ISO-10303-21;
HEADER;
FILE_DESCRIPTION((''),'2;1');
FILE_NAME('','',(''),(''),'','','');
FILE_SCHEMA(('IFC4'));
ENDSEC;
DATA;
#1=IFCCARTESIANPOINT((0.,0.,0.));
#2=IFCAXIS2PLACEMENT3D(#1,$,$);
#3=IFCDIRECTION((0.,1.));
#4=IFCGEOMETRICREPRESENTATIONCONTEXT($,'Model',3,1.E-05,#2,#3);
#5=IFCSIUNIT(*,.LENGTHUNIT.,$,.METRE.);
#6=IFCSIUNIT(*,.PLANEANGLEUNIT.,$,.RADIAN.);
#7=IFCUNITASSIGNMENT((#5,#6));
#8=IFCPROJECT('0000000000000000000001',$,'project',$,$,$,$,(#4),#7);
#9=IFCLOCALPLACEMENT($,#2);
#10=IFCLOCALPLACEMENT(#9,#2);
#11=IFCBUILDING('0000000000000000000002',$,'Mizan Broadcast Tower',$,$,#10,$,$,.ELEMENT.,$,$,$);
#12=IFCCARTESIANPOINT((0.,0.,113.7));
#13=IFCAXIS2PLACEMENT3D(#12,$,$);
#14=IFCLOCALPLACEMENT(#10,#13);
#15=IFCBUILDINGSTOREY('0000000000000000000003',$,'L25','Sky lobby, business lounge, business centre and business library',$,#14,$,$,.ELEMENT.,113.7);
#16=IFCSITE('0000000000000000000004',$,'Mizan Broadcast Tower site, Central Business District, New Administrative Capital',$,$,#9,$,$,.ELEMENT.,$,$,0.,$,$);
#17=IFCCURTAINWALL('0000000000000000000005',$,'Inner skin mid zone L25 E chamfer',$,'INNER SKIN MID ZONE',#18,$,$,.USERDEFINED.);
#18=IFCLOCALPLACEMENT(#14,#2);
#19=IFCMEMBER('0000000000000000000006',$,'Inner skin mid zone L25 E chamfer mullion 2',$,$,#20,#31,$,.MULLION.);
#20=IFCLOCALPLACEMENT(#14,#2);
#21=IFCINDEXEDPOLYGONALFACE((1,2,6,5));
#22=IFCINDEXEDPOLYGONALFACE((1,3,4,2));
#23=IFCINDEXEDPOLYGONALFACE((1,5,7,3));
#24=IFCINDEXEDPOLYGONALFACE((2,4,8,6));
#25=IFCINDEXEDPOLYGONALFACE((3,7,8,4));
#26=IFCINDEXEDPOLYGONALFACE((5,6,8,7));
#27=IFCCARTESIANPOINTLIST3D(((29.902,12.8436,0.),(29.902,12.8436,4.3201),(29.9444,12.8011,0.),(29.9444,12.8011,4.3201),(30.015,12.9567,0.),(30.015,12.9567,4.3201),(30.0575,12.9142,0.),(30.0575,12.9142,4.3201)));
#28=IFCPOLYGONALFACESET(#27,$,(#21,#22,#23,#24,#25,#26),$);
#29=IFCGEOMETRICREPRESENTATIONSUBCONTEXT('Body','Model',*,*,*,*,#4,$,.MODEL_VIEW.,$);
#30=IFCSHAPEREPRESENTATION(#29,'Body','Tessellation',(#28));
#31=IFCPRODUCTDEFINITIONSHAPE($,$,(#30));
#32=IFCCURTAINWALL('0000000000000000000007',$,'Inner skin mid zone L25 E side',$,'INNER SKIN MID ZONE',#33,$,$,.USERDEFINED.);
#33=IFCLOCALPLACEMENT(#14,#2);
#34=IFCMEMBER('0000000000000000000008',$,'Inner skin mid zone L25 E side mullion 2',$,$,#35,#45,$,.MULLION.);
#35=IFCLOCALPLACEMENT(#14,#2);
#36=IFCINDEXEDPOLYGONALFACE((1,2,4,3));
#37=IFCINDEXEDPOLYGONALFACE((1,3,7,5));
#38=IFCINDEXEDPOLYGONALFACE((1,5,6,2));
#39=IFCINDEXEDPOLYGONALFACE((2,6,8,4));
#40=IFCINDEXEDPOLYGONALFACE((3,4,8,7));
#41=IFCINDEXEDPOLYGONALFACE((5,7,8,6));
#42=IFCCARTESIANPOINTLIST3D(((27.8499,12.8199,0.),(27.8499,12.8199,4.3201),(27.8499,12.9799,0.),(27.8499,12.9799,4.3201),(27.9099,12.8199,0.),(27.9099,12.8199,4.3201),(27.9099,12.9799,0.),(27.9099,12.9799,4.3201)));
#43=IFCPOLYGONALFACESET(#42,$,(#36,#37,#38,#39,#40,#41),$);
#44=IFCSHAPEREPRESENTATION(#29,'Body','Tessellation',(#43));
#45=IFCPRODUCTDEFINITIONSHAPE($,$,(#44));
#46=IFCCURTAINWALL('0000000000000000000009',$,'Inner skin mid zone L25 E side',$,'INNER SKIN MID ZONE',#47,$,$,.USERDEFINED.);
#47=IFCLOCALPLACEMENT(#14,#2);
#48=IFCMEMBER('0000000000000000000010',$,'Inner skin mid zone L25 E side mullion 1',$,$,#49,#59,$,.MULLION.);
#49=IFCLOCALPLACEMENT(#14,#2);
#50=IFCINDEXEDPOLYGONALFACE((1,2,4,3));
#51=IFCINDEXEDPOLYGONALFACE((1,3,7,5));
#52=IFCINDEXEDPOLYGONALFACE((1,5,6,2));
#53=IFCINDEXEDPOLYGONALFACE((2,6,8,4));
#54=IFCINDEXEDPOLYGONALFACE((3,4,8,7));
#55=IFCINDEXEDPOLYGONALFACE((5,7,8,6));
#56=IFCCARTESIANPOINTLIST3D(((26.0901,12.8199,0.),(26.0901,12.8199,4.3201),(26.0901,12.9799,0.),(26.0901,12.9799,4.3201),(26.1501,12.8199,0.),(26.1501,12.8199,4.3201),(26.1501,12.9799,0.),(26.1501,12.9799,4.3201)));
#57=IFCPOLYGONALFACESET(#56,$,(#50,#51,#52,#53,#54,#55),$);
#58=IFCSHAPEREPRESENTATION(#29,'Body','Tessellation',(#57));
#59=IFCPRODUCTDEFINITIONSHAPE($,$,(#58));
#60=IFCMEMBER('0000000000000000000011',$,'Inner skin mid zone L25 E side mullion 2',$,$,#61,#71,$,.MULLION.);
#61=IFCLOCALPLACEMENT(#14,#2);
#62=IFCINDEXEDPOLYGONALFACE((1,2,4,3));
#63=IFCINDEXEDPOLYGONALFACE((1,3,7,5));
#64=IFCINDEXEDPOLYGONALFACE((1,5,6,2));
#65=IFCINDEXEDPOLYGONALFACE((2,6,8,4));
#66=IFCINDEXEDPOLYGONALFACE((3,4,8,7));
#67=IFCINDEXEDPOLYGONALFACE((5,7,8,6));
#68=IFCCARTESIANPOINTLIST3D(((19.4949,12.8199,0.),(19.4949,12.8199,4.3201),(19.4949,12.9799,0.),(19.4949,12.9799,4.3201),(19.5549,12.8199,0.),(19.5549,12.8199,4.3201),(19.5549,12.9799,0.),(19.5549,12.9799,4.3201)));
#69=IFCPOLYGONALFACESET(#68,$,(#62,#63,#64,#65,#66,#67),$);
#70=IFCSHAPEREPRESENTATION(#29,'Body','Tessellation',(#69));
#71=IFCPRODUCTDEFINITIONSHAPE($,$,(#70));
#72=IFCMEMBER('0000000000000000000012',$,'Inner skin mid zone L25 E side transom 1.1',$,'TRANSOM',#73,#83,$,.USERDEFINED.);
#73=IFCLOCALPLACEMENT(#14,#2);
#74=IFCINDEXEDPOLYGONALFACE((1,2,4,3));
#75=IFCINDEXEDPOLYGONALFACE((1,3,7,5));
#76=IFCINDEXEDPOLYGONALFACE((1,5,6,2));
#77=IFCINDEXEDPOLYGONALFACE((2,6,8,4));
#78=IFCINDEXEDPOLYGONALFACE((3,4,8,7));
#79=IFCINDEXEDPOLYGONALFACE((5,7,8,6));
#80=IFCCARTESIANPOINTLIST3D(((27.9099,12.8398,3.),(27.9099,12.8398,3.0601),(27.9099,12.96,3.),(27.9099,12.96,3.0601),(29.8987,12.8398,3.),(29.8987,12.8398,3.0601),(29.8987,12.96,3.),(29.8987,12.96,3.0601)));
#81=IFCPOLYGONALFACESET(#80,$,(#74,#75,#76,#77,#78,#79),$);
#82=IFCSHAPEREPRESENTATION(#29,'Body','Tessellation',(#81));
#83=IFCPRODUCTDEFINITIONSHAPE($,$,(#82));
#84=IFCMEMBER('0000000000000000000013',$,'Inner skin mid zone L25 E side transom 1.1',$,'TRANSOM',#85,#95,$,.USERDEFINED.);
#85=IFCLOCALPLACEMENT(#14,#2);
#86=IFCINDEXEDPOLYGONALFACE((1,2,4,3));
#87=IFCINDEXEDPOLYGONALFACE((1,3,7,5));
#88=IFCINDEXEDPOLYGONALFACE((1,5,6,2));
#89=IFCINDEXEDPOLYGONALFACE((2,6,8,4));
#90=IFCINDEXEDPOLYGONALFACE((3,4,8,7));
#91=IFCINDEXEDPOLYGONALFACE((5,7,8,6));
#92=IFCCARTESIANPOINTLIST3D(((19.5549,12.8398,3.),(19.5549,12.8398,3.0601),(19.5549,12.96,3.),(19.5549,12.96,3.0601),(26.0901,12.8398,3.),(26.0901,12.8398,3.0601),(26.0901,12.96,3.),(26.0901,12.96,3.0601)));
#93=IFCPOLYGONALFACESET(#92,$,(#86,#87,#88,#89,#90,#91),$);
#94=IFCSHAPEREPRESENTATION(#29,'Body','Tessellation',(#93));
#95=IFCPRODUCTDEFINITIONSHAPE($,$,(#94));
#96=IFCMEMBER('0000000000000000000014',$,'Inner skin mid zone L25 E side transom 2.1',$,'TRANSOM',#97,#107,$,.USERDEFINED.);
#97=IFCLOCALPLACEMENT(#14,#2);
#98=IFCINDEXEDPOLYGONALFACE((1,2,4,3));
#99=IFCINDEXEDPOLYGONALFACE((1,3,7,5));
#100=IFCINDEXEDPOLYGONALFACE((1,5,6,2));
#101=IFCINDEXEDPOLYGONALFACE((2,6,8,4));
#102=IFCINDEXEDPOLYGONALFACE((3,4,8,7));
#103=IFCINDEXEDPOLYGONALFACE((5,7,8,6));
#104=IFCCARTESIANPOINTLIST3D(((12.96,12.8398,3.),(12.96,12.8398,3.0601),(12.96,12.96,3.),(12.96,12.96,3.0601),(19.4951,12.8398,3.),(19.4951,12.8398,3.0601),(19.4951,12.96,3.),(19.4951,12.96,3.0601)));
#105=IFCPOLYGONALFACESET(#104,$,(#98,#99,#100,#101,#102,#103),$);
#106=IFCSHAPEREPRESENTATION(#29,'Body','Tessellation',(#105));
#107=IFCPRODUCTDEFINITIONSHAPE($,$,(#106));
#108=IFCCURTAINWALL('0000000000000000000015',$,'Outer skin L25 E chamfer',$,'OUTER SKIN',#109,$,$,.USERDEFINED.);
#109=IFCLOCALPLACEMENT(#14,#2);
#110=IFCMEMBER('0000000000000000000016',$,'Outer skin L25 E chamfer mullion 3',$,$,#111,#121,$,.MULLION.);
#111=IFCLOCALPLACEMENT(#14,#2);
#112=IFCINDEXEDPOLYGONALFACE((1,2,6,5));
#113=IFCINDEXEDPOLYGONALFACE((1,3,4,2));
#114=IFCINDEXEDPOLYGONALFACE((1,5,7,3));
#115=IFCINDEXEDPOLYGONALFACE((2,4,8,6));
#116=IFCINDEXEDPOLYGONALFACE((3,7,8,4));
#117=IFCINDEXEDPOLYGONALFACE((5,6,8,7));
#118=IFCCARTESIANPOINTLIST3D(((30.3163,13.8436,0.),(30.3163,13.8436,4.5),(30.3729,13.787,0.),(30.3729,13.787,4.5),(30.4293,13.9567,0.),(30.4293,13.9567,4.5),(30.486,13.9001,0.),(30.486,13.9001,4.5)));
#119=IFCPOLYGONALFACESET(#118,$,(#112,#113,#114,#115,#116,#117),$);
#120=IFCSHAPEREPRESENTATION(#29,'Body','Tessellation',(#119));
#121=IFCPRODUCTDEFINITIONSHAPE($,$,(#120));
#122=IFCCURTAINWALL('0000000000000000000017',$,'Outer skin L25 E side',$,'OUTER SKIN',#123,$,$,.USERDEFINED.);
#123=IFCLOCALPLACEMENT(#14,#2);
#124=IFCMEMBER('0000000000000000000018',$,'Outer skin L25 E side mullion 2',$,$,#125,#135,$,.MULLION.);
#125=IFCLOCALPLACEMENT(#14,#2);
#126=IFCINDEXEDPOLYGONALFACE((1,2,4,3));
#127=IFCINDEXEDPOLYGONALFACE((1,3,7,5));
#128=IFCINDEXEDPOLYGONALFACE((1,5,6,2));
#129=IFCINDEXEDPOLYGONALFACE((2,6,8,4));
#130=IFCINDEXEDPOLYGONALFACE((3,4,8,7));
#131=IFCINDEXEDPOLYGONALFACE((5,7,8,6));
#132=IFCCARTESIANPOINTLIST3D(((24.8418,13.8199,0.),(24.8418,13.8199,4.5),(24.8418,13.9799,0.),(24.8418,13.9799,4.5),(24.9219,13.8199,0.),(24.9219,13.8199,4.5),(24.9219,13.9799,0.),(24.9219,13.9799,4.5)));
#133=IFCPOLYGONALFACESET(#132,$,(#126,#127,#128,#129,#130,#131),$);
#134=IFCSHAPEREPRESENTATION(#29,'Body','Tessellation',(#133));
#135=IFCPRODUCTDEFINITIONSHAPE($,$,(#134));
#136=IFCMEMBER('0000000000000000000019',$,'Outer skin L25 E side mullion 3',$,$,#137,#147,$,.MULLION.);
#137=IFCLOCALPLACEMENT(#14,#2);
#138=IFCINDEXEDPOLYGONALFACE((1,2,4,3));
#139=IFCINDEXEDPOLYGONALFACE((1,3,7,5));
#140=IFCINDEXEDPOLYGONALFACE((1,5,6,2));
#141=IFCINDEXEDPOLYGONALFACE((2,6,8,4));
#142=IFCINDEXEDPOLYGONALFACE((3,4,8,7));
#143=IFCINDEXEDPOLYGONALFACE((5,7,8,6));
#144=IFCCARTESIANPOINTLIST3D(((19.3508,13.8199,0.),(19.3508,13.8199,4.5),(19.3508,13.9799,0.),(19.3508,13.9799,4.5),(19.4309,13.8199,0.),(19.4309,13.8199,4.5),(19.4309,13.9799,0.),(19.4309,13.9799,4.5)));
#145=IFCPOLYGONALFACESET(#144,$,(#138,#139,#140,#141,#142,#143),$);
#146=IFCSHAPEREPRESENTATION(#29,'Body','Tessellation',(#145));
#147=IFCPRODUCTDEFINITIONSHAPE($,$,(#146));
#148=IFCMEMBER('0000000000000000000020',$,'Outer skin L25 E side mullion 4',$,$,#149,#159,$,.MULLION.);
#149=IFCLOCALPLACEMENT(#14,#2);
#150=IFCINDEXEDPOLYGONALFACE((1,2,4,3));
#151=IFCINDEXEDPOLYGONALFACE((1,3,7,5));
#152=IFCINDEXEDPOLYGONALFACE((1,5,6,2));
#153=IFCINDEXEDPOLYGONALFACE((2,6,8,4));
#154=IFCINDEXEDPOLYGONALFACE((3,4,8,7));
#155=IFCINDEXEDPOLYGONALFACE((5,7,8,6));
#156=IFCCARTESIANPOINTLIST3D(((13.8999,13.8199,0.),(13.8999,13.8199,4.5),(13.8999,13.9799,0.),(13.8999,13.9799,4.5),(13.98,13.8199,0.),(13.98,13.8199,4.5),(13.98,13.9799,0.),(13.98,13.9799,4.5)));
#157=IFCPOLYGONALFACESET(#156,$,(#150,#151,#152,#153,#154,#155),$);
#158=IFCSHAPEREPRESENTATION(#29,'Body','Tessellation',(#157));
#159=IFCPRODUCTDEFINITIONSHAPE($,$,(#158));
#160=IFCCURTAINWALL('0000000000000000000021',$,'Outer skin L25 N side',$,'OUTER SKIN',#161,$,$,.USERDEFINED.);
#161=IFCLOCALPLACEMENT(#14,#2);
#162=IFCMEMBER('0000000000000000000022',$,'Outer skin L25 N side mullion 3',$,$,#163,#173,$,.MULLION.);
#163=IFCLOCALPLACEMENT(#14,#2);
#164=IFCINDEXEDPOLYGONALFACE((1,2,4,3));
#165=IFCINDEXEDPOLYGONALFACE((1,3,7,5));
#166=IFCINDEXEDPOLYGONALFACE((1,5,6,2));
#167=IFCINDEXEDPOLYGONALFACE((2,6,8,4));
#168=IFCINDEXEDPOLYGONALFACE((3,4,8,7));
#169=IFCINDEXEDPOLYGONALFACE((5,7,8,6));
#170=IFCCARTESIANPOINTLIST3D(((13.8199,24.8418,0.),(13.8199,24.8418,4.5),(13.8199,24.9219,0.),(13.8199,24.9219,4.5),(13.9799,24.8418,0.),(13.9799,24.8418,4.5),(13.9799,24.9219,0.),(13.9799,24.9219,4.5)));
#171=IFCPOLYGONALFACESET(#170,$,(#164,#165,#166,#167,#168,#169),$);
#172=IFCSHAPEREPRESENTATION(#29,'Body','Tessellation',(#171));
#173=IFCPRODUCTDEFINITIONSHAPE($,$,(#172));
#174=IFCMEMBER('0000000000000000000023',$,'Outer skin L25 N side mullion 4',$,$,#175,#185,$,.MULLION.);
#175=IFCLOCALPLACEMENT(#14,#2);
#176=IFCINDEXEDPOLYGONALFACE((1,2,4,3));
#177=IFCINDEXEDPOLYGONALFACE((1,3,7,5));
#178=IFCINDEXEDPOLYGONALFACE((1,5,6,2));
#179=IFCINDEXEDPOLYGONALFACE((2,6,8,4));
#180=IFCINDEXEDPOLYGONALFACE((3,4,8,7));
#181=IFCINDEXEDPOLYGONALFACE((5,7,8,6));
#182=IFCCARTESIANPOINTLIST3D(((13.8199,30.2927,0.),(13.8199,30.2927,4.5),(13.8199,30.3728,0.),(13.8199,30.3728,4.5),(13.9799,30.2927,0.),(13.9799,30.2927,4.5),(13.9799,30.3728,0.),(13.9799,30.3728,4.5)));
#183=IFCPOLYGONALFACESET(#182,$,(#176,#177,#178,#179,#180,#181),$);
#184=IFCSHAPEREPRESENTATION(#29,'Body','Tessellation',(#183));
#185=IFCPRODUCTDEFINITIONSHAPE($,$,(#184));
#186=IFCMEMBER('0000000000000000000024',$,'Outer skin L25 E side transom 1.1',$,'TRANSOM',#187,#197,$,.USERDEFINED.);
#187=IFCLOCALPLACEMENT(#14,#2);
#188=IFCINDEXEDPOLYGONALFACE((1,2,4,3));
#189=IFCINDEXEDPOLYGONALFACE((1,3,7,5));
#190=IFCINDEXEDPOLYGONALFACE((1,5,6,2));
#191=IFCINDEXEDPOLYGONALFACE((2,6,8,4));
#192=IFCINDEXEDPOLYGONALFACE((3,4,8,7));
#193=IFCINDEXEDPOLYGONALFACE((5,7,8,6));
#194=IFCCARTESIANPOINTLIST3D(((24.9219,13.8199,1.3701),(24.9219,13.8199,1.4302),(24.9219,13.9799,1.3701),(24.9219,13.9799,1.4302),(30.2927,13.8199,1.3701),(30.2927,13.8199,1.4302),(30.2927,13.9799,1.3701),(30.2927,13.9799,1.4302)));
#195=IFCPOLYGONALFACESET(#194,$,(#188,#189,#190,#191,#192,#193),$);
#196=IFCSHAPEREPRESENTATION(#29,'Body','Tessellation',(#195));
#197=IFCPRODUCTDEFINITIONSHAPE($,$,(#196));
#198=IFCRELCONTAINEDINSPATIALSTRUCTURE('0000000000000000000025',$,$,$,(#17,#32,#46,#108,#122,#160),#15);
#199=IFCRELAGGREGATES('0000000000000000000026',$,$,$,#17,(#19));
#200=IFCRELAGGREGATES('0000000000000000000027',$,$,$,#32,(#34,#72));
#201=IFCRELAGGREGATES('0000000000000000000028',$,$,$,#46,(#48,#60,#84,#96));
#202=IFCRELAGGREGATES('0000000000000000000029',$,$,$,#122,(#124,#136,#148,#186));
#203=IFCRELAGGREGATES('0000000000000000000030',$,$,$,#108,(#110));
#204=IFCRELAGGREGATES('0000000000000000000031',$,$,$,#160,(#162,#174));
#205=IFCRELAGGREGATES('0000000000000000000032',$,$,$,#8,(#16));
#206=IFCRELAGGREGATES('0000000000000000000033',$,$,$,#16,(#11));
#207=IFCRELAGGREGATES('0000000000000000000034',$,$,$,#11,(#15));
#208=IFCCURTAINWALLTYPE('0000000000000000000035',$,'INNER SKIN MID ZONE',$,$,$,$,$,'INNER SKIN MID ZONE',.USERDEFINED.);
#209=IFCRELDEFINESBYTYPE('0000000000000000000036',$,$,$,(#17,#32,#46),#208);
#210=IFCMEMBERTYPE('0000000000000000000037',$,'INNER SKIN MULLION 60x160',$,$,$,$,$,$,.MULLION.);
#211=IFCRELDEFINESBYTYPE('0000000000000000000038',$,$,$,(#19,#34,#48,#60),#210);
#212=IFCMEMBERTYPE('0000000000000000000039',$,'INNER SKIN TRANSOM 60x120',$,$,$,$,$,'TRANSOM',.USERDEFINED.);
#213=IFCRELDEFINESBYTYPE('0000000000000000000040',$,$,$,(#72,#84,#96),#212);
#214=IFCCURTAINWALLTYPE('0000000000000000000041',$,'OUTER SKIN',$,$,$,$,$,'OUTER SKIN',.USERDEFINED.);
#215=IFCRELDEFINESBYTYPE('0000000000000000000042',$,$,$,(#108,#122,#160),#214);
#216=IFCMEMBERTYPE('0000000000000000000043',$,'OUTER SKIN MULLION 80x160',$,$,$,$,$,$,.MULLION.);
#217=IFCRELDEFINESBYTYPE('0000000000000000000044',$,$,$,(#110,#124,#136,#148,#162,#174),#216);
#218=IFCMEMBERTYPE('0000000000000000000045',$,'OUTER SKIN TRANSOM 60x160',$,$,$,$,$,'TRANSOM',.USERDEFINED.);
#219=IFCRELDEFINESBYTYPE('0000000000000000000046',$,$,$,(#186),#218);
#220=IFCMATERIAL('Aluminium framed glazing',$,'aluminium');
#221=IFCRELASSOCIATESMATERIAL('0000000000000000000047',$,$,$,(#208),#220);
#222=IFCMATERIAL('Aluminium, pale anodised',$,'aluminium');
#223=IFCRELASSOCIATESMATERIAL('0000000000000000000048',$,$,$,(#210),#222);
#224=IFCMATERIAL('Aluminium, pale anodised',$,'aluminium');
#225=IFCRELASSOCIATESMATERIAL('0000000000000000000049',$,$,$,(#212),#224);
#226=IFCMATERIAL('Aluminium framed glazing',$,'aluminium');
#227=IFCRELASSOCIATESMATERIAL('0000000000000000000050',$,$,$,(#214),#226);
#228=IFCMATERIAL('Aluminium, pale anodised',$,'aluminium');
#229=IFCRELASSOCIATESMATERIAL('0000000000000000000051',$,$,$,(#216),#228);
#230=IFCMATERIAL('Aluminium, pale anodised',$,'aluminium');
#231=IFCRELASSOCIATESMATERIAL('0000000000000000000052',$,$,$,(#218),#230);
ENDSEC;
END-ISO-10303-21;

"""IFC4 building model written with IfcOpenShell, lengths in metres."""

from ifc_helpers import new_model, si_unit, direction, frame, origin, origin_2d, place, context, subcontext, project, spatial, rectangle, extrude, material, material_profile, profile_set, type_object, element, aggregate, save


model = new_model("IFC4")

# Units and contexts
model_context = context("Model", 3, precision=1e-05, world=origin(), true_north=direction((0.0, 1.0)))
body_context = subcontext(model_context, "Body", "Model", "MODEL_VIEW")
ifc_project = project(units=[si_unit("LENGTHUNIT", "METRE"), si_unit("PLANEANGLEUNIT", "RADIAN")], contexts=[model_context])

# Site, building, storey
site_placement = place(None, origin())
site = spatial("IfcSite", under=ifc_project, at=site_placement, Name="Mizan Broadcast Tower site, Central Business District, New Administrative Capital", CompositionType="ELEMENT", RefElevation=0.0)
building_placement = place(site_placement, origin())
building = spatial("IfcBuilding", under=site, at=building_placement, Name="Mizan Broadcast Tower", CompositionType="ELEMENT")
storey_placement = place(building_placement, frame((0.0, 0.0, 113.7)))
storey = spatial("IfcBuildingStorey", under=building, at=storey_placement, Name="L25", Description="Sky lobby, business lounge, business centre and business library", CompositionType="ELEMENT", Elevation=113.7)

# Curtain walls, members
ifc_material_1 = material(Name="Aluminium framed glazing", Category="aluminium")
curtain_wall_type_1 = type_object("IfcCurtainWallType", Name="INNER SKIN MID ZONE", ElementType="INNER SKIN MID ZONE", PredefinedType="USERDEFINED", material=ifc_material_1)
curtain_wall_1_placement = place(storey_placement, origin())
curtain_wall_1 = element("IfcCurtainWall", 1, at=curtain_wall_1_placement, inside=storey, type_object=curtain_wall_type_1, Name="Inner skin mid zone L25 E chamfer", ObjectType="INNER SKIN MID ZONE", PredefinedType="USERDEFINED")
ifc_material_2 = material(Name="Aluminium, pale anodised", Category="aluminium")
ifc_material_profile_1 = material_profile(ifc_material_2, rectangle(XDim=0.1599, YDim=0.0601, at=origin_2d()), Name="MULLION 160x60")
ifc_profile_set_1 = profile_set([ifc_material_profile_1], Name="Aluminium, pale anodised")
member_type_1 = type_object("IfcMemberType", Name="INNER SKIN MULLION 60x160", PredefinedType="MULLION", material=ifc_profile_set_1)
member_1_placement = place(storey_placement, frame((29.9797, 12.8789, 0.0), z_axis=(0.0, 0.0, 1.0), x_axis=(-0.707107, -0.707107, 0.0)))
member_1 = element("IfcMember", 2, at=member_1_placement, type_object=member_type_1, Name="Inner skin mid zone L25 E chamfer mullion 2", PredefinedType="MULLION", context=body_context, shape_type="SweptSolid", body=[
    extrude(rectangle(XDim=0.1599, YDim=0.0601, at=origin_2d()), origin(), (0.0, 0.0, 1.0), 4.3201),
])
aggregate(curtain_wall_1, [member_1])
curtain_wall_2_placement = place(storey_placement, origin())
curtain_wall_2 = element("IfcCurtainWall", 3, at=curtain_wall_2_placement, inside=storey, type_object=curtain_wall_type_1, Name="Inner skin mid zone L25 E side", ObjectType="INNER SKIN MID ZONE", PredefinedType="USERDEFINED")
member_2_placement = place(storey_placement, frame((27.8799, 12.8999, 0.0), z_axis=(0.0, 0.0, 1.0), x_axis=(0.0, -1.0, 0.0)))
member_2 = element("IfcMember", 4, at=member_2_placement, type_object=member_type_1, Name="Inner skin mid zone L25 E side mullion 2", PredefinedType="MULLION", context=body_context, shape_type="SweptSolid", body=[
    extrude(rectangle(XDim=0.1599, YDim=0.0601, at=origin_2d()), origin(), (0.0, 0.0, 1.0), 4.3201),
])

# Curtain wall, members
curtain_wall_3_placement = place(storey_placement, origin())
curtain_wall_3 = element("IfcCurtainWall", 5, at=curtain_wall_3_placement, inside=storey, type_object=curtain_wall_type_1, Name="Inner skin mid zone L25 E side", ObjectType="INNER SKIN MID ZONE", PredefinedType="USERDEFINED")
member_3_placement = place(storey_placement, frame((26.1201, 12.8999, 0.0), z_axis=(0.0, 0.0, 1.0), x_axis=(0.0, -1.0, 0.0)))
member_3 = element("IfcMember", 6, at=member_3_placement, type_object=member_type_1, Name="Inner skin mid zone L25 E side mullion 1", PredefinedType="MULLION", context=body_context, shape_type="SweptSolid", body=[
    extrude(rectangle(XDim=0.1599, YDim=0.0601, at=origin_2d()), origin(), (0.0, 0.0, 1.0), 4.3201),
])
member_4_placement = place(storey_placement, frame((19.5249, 12.8999, 0.0), z_axis=(0.0, 0.0, 1.0), x_axis=(0.0, -1.0, 0.0)))
member_4 = element("IfcMember", 7, at=member_4_placement, type_object=member_type_1, Name="Inner skin mid zone L25 E side mullion 2", PredefinedType="MULLION", context=body_context, shape_type="SweptSolid", body=[
    extrude(rectangle(XDim=0.1599, YDim=0.0601, at=origin_2d()), origin(), (0.0, 0.0, 1.0), 4.3201),
])

# Members
ifc_material_3 = material(Name="Aluminium, pale anodised", Category="aluminium")
ifc_material_profile_2 = material_profile(ifc_material_3, rectangle(XDim=0.1201, YDim=0.0601, at=origin_2d()), Name="TRANSOM 120x60")
ifc_profile_set_2 = profile_set([ifc_material_profile_2], Name="Aluminium, pale anodised")
member_type_2 = type_object("IfcMemberType", Name="INNER SKIN TRANSOM 60x120", ElementType="TRANSOM", PredefinedType="USERDEFINED", material=ifc_profile_set_2)
member_5_placement = place(storey_placement, frame((29.8987, 12.8999, 3.03), z_axis=(-1.0, 0.0, 0.0), x_axis=(0.0, -1.0, 0.0)))
member_5 = element("IfcMember", 8, at=member_5_placement, type_object=member_type_2, Name="Inner skin mid zone L25 E side transom 1.1", ObjectType="TRANSOM", PredefinedType="USERDEFINED", context=body_context, shape_type="SweptSolid", body=[
    extrude(rectangle(XDim=0.1201, YDim=0.0601, at=origin_2d()), origin(), (0.0, 0.0, 1.0), 1.9888),
])
member_6_placement = place(storey_placement, frame((26.0901, 12.8999, 3.03), z_axis=(-1.0, 0.0, 0.0), x_axis=(0.0, -1.0, 0.0)))
member_6 = element("IfcMember", 9, at=member_6_placement, type_object=member_type_2, Name="Inner skin mid zone L25 E side transom 1.1", ObjectType="TRANSOM", PredefinedType="USERDEFINED", context=body_context, shape_type="SweptSolid", body=[
    extrude(rectangle(XDim=0.1201, YDim=0.0601, at=origin_2d()), origin(), (0.0, 0.0, 1.0), 6.5352),
])
member_7_placement = place(storey_placement, frame((19.4951, 12.8999, 3.03), z_axis=(-1.0, 0.0, 0.0), x_axis=(0.0, -1.0, 0.0)))
member_7 = element("IfcMember", 10, at=member_7_placement, type_object=member_type_2, Name="Inner skin mid zone L25 E side transom 2.1", ObjectType="TRANSOM", PredefinedType="USERDEFINED", context=body_context, shape_type="SweptSolid", body=[
    extrude(rectangle(XDim=0.1201, YDim=0.0601, at=origin_2d()), origin(), (0.0, 0.0, 1.0), 6.5352),
])

# Curtain wall, member
ifc_material_4 = material(Name="Aluminium framed glazing", Category="aluminium")
curtain_wall_type_2 = type_object("IfcCurtainWallType", Name="OUTER SKIN", ElementType="OUTER SKIN", PredefinedType="USERDEFINED", material=ifc_material_4)
curtain_wall_4_placement = place(storey_placement, origin())
curtain_wall_4 = element("IfcCurtainWall", 11, at=curtain_wall_4_placement, inside=storey, type_object=curtain_wall_type_2, Name="Outer skin L25 E chamfer", ObjectType="OUTER SKIN", PredefinedType="USERDEFINED")
ifc_material_5 = material(Name="Aluminium, pale anodised", Category="aluminium")
ifc_material_profile_3 = material_profile(ifc_material_5, rectangle(XDim=0.1599, YDim=0.0801, at=origin_2d()), Name="MULLION 160x80")
ifc_profile_set_3 = profile_set([ifc_material_profile_3], Name="Aluminium, pale anodised")
member_type_3 = type_object("IfcMemberType", Name="OUTER SKIN MULLION 80x160", PredefinedType="MULLION", material=ifc_profile_set_3)
member_8_placement = place(storey_placement, frame((30.4011, 13.8718, 0.0), z_axis=(0.0, 0.0, 1.0), x_axis=(-0.707107, -0.707107, 0.0)))
member_8 = element("IfcMember", 12, at=member_8_placement, type_object=member_type_3, Name="Outer skin L25 E chamfer mullion 3", PredefinedType="MULLION", context=body_context, shape_type="SweptSolid", body=[
    extrude(rectangle(XDim=0.1599, YDim=0.0801, at=origin_2d()), origin(), (0.0, 0.0, 1.0), 4.5),
])

# Curtain walls, members
curtain_wall_5_placement = place(storey_placement, origin())
curtain_wall_5 = element("IfcCurtainWall", 13, at=curtain_wall_5_placement, inside=storey, type_object=curtain_wall_type_2, Name="Outer skin L25 E side", ObjectType="OUTER SKIN", PredefinedType="USERDEFINED")
member_9_placement = place(storey_placement, frame((24.8818, 13.8999, 0.0), z_axis=(0.0, 0.0, 1.0), x_axis=(0.0, -1.0, 0.0)))
member_9 = element("IfcMember", 14, at=member_9_placement, type_object=member_type_3, Name="Outer skin L25 E side mullion 2", PredefinedType="MULLION", context=body_context, shape_type="SweptSolid", body=[
    extrude(rectangle(XDim=0.1599, YDim=0.0801, at=origin_2d()), origin(), (0.0, 0.0, 1.0), 4.5),
])
member_10_placement = place(storey_placement, frame((19.3909, 13.8999, 0.0), z_axis=(0.0, 0.0, 1.0), x_axis=(0.0, -1.0, 0.0)))
member_10 = element("IfcMember", 15, at=member_10_placement, type_object=member_type_3, Name="Outer skin L25 E side mullion 3", PredefinedType="MULLION", context=body_context, shape_type="SweptSolid", body=[
    extrude(rectangle(XDim=0.1599, YDim=0.0801, at=origin_2d()), origin(), (0.0, 0.0, 1.0), 4.5),
])
member_11_placement = place(storey_placement, frame((13.9399, 13.8999, 0.0), z_axis=(0.0, 0.0, 1.0), x_axis=(0.0, -1.0, 0.0)))
member_11 = element("IfcMember", 16, at=member_11_placement, type_object=member_type_3, Name="Outer skin L25 E side mullion 4", PredefinedType="MULLION", context=body_context, shape_type="SweptSolid", body=[
    extrude(rectangle(XDim=0.1599, YDim=0.0801, at=origin_2d()), origin(), (0.0, 0.0, 1.0), 4.5),
])
curtain_wall_6_placement = place(storey_placement, origin())
curtain_wall_6 = element("IfcCurtainWall", 17, at=curtain_wall_6_placement, inside=storey, type_object=curtain_wall_type_2, Name="Outer skin L25 N side", ObjectType="OUTER SKIN", PredefinedType="USERDEFINED")
member_12_placement = place(storey_placement, frame((13.8999, 24.8818, 0.0), z_axis=(0.0, 0.0, 1.0), x_axis=(-1.0, 0.0, 0.0)))
member_12 = element("IfcMember", 18, at=member_12_placement, type_object=member_type_3, Name="Outer skin L25 N side mullion 3", PredefinedType="MULLION", context=body_context, shape_type="SweptSolid", body=[
    extrude(rectangle(XDim=0.1599, YDim=0.0801, at=origin_2d()), origin(), (0.0, 0.0, 1.0), 4.5),
])
member_13_placement = place(storey_placement, frame((13.8999, 30.3328, 0.0), z_axis=(0.0, 0.0, 1.0), x_axis=(-1.0, 0.0, 0.0)))
member_13 = element("IfcMember", 19, at=member_13_placement, type_object=member_type_3, Name="Outer skin L25 N side mullion 4", PredefinedType="MULLION", context=body_context, shape_type="SweptSolid", body=[
    extrude(rectangle(XDim=0.1599, YDim=0.0801, at=origin_2d()), origin(), (0.0, 0.0, 1.0), 4.5),
])

# Member
ifc_material_6 = material(Name="Aluminium, pale anodised", Category="aluminium")
ifc_material_profile_4 = material_profile(ifc_material_6, rectangle(XDim=0.1599, YDim=0.0601, at=origin_2d()), Name="TRANSOM 160x60")
ifc_profile_set_4 = profile_set([ifc_material_profile_4], Name="Aluminium, pale anodised")
member_type_4 = type_object("IfcMemberType", Name="OUTER SKIN TRANSOM 60x160", ElementType="TRANSOM", PredefinedType="USERDEFINED", material=ifc_profile_set_4)
member_14_placement = place(storey_placement, frame((30.2927, 13.8999, 1.4001), z_axis=(-1.0, 0.0, 0.0), x_axis=(0.0, -1.0, 0.0)))
member_14 = element("IfcMember", 20, at=member_14_placement, type_object=member_type_4, Name="Outer skin L25 E side transom 1.1", ObjectType="TRANSOM", PredefinedType="USERDEFINED", context=body_context, shape_type="SweptSolid", body=[
    extrude(rectangle(XDim=0.1599, YDim=0.0601, at=origin_2d()), origin(), (0.0, 0.0, 1.0), 5.3708),
])

aggregate(curtain_wall_2, [member_2, member_5])
aggregate(curtain_wall_3, [member_3, member_4, member_6, member_7])
aggregate(curtain_wall_5, [member_9, member_10, member_11, member_14])
aggregate(curtain_wall_4, [member_8])
aggregate(curtain_wall_6, [member_12, member_13])

save(model, "model.ifc")
